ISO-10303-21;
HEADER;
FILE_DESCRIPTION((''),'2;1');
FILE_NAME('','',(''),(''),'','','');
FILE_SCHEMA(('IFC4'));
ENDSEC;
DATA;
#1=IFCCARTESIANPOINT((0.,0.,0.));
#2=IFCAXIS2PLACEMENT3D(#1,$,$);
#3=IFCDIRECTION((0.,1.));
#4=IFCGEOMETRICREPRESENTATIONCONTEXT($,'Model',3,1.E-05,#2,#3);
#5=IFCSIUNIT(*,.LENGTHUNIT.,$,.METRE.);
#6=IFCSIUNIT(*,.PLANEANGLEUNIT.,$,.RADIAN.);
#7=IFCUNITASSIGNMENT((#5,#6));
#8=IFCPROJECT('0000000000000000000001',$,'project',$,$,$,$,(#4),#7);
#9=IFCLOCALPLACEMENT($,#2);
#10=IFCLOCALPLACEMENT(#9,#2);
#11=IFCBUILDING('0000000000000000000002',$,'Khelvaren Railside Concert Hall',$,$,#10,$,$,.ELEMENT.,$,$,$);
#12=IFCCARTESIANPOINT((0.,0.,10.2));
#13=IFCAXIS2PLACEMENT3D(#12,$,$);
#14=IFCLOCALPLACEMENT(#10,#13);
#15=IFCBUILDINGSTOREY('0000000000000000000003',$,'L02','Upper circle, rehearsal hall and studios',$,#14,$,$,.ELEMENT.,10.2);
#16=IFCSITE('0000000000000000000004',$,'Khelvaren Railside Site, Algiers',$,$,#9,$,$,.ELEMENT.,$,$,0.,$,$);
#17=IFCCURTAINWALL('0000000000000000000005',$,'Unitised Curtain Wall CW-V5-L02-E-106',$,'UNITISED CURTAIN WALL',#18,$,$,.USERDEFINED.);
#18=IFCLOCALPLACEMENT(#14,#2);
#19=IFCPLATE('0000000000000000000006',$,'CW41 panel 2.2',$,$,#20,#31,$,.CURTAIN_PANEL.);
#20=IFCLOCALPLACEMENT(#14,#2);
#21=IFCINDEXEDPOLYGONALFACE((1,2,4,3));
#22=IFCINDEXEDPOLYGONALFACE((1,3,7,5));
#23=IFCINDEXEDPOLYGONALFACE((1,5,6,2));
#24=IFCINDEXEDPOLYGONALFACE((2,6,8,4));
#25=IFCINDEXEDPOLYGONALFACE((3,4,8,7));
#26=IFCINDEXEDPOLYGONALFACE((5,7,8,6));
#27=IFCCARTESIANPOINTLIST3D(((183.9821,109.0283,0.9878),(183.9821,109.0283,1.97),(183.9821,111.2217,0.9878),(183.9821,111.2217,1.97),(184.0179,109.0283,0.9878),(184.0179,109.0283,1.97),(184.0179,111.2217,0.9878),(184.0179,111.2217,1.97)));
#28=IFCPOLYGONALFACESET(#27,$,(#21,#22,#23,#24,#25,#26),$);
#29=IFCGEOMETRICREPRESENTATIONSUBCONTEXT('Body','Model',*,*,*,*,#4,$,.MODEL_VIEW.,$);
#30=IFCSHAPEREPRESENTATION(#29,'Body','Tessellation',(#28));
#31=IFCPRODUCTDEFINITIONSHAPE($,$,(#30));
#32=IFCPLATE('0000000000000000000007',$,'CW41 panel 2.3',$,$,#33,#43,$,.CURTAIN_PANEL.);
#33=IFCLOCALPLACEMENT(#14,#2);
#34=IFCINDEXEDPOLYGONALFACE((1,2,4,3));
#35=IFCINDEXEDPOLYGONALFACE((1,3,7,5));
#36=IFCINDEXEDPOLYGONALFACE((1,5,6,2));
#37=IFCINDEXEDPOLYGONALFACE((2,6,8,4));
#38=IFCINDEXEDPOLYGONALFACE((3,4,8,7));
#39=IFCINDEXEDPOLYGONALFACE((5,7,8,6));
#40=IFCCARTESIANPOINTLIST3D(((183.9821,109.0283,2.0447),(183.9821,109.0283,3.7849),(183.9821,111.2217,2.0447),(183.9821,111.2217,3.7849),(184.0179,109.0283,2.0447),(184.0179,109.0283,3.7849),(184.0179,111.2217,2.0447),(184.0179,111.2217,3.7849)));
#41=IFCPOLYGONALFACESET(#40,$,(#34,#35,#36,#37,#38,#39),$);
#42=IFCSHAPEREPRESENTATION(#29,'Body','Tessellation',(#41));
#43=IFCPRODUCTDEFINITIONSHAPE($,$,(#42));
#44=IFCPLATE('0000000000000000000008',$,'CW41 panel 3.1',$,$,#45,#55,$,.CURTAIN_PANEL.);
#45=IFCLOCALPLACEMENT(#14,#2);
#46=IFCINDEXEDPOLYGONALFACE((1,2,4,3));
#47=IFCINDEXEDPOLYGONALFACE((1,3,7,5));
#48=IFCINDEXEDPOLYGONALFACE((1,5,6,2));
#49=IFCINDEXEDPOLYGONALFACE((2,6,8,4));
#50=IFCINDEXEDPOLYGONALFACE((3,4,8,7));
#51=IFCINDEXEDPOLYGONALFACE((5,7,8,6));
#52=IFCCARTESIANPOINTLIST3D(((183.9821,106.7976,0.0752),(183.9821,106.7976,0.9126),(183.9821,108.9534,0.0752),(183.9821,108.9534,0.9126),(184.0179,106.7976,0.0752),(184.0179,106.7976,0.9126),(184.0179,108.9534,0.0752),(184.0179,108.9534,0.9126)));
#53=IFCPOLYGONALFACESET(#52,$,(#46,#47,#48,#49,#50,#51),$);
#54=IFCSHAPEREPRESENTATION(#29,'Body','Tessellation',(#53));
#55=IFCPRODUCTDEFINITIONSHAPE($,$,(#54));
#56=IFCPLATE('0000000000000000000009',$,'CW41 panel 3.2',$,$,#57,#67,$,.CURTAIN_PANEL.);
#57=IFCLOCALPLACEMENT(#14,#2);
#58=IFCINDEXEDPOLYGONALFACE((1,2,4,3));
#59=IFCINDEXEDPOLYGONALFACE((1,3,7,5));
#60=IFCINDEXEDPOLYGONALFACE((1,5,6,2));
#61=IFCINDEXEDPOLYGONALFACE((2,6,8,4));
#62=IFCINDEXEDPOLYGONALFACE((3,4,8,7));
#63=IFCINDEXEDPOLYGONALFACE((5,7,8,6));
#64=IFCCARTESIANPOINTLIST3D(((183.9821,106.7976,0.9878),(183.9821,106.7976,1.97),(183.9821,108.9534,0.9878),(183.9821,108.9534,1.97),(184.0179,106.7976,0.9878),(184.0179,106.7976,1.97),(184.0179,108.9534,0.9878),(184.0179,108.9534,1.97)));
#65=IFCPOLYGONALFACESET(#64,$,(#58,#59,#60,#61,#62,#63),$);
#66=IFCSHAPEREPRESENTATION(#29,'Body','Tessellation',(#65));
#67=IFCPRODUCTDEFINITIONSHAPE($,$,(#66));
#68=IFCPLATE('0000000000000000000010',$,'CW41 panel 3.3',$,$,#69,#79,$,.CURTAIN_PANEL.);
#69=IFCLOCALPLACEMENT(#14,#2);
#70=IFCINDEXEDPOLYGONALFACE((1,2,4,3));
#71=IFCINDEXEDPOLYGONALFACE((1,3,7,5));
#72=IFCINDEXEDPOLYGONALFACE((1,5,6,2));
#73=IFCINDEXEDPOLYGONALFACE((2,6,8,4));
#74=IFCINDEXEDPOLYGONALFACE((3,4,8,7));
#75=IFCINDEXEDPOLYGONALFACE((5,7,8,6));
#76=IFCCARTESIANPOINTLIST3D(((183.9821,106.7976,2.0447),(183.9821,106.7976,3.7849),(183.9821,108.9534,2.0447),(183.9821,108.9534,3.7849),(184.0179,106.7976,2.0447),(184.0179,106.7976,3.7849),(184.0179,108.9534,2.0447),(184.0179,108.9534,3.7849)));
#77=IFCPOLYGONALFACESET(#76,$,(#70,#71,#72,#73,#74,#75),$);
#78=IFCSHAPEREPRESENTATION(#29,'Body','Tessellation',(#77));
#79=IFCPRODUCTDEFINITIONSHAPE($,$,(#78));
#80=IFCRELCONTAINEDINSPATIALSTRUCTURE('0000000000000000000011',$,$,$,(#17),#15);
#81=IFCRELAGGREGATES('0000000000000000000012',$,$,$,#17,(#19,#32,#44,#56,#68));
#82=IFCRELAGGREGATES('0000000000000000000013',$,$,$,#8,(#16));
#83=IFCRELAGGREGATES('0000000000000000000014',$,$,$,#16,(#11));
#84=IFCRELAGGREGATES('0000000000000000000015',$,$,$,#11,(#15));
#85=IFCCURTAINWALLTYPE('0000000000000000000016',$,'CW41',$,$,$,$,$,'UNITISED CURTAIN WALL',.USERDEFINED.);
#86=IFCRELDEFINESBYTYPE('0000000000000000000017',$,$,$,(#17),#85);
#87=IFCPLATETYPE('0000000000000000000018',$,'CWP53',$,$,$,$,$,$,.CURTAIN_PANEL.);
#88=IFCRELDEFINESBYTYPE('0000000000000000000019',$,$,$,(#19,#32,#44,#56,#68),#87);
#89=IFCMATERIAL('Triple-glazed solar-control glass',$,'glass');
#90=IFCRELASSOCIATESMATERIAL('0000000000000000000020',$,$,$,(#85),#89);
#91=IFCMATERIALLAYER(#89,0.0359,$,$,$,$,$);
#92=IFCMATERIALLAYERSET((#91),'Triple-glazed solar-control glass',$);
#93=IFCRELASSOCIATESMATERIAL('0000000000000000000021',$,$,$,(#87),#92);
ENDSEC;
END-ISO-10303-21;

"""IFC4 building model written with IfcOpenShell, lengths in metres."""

from ifc_helpers import new_model, si_unit, direction, frame, origin, origin_2d, place, context, subcontext, project, spatial, rectangle, extrude, material, layer, layer_set, type_object, element, aggregate, save


model = new_model("IFC4")

# Units and contexts
model_context = context("Model", 3, precision=1e-05, world=origin(), true_north=direction((0.0, 1.0)))
body_context = subcontext(model_context, "Body", "Model", "MODEL_VIEW")
ifc_project = project(units=[si_unit("LENGTHUNIT", "METRE"), si_unit("PLANEANGLEUNIT", "RADIAN")], contexts=[model_context])

# Site, building, storey
site_placement = place(None, origin())
site = spatial("IfcSite", under=ifc_project, at=site_placement, Name="Khelvaren Railside Site, Algiers", CompositionType="ELEMENT", RefElevation=0.0)
building_placement = place(site_placement, origin())
building = spatial("IfcBuilding", under=site, at=building_placement, Name="Khelvaren Railside Concert Hall", CompositionType="ELEMENT")
storey_placement = place(building_placement, frame((0.0, 0.0, 10.2)))
storey = spatial("IfcBuildingStorey", under=building, at=storey_placement, Name="L02", Description="Upper circle, rehearsal hall and studios", CompositionType="ELEMENT", Elevation=10.2)

# Curtain wall, plates
ifc_material_1 = material(Name="Triple-glazed solar-control glass", Category="glass")
curtain_wall_type = type_object("IfcCurtainWallType", Name="CW41", ElementType="UNITISED CURTAIN WALL", PredefinedType="USERDEFINED", material=ifc_material_1)
curtain_wall_placement = place(storey_placement, origin())
curtain_wall = element("IfcCurtainWall", 1, at=curtain_wall_placement, inside=storey, type_object=curtain_wall_type, Name="Unitised Curtain Wall CW-V5-L02-E-106", ObjectType="UNITISED CURTAIN WALL", PredefinedType="USERDEFINED")
ifc_layer = layer(ifc_material_1, 0.0359)
ifc_layer_set = layer_set([ifc_layer], Name="Triple-glazed solar-control glass")
plate_type = type_object("IfcPlateType", Name="CWP53", PredefinedType="CURTAIN_PANEL", material=ifc_layer_set)
plate_1_placement = place(storey_placement, frame((184.0, 110.125, 0.9878), z_axis=(0.0, 0.0, 1.0), x_axis=(0.0, -1.0, 0.0)))
plate_1 = element("IfcPlate", 2, at=plate_1_placement, type_object=plate_type, Name="CW41 panel 2.2", PredefinedType="CURTAIN_PANEL", context=body_context, shape_type="SweptSolid", body=[
    extrude(rectangle(XDim=2.1934, YDim=0.0359, at=origin_2d()), origin(), (0.0, 0.0, 1.0), 0.9822),
])
plate_2_placement = place(storey_placement, frame((184.0, 110.125, 2.0447), z_axis=(0.0, 0.0, 1.0), x_axis=(0.0, -1.0, 0.0)))
plate_2 = element("IfcPlate", 3, at=plate_2_placement, type_object=plate_type, Name="CW41 panel 2.3", PredefinedType="CURTAIN_PANEL", context=body_context, shape_type="SweptSolid", body=[
    extrude(rectangle(XDim=2.1934, YDim=0.0359, at=origin_2d()), origin(), (0.0, 0.0, 1.0), 1.7402),
])
plate_3_placement = place(storey_placement, frame((184.0, 107.8755, 0.0752), z_axis=(0.0, 0.0, 1.0), x_axis=(0.0, -1.0, 0.0)))
plate_3 = element("IfcPlate", 4, at=plate_3_placement, type_object=plate_type, Name="CW41 panel 3.1", PredefinedType="CURTAIN_PANEL", context=body_context, shape_type="SweptSolid", body=[
    extrude(rectangle(XDim=2.1558, YDim=0.0359, at=origin_2d()), origin(), (0.0, 0.0, 1.0), 0.8374),
])
plate_4_placement = place(storey_placement, frame((184.0, 107.8755, 0.9878), z_axis=(0.0, 0.0, 1.0), x_axis=(0.0, -1.0, 0.0)))
plate_4 = element("IfcPlate", 5, at=plate_4_placement, type_object=plate_type, Name="CW41 panel 3.2", PredefinedType="CURTAIN_PANEL", context=body_context, shape_type="SweptSolid", body=[
    extrude(rectangle(XDim=2.1558, YDim=0.0359, at=origin_2d()), origin(), (0.0, 0.0, 1.0), 0.9822),
])
plate_5_placement = place(storey_placement, frame((184.0, 107.8755, 2.0447), z_axis=(0.0, 0.0, 1.0), x_axis=(0.0, -1.0, 0.0)))
plate_5 = element("IfcPlate", 6, at=plate_5_placement, type_object=plate_type, Name="CW41 panel 3.3", PredefinedType="CURTAIN_PANEL", context=body_context, shape_type="SweptSolid", body=[
    extrude(rectangle(XDim=2.1558, YDim=0.0359, at=origin_2d()), origin(), (0.0, 0.0, 1.0), 1.7402),
])
aggregate(curtain_wall, [plate_1, plate_2, plate_3, plate_4, plate_5])

save(model, "model.ifc")
